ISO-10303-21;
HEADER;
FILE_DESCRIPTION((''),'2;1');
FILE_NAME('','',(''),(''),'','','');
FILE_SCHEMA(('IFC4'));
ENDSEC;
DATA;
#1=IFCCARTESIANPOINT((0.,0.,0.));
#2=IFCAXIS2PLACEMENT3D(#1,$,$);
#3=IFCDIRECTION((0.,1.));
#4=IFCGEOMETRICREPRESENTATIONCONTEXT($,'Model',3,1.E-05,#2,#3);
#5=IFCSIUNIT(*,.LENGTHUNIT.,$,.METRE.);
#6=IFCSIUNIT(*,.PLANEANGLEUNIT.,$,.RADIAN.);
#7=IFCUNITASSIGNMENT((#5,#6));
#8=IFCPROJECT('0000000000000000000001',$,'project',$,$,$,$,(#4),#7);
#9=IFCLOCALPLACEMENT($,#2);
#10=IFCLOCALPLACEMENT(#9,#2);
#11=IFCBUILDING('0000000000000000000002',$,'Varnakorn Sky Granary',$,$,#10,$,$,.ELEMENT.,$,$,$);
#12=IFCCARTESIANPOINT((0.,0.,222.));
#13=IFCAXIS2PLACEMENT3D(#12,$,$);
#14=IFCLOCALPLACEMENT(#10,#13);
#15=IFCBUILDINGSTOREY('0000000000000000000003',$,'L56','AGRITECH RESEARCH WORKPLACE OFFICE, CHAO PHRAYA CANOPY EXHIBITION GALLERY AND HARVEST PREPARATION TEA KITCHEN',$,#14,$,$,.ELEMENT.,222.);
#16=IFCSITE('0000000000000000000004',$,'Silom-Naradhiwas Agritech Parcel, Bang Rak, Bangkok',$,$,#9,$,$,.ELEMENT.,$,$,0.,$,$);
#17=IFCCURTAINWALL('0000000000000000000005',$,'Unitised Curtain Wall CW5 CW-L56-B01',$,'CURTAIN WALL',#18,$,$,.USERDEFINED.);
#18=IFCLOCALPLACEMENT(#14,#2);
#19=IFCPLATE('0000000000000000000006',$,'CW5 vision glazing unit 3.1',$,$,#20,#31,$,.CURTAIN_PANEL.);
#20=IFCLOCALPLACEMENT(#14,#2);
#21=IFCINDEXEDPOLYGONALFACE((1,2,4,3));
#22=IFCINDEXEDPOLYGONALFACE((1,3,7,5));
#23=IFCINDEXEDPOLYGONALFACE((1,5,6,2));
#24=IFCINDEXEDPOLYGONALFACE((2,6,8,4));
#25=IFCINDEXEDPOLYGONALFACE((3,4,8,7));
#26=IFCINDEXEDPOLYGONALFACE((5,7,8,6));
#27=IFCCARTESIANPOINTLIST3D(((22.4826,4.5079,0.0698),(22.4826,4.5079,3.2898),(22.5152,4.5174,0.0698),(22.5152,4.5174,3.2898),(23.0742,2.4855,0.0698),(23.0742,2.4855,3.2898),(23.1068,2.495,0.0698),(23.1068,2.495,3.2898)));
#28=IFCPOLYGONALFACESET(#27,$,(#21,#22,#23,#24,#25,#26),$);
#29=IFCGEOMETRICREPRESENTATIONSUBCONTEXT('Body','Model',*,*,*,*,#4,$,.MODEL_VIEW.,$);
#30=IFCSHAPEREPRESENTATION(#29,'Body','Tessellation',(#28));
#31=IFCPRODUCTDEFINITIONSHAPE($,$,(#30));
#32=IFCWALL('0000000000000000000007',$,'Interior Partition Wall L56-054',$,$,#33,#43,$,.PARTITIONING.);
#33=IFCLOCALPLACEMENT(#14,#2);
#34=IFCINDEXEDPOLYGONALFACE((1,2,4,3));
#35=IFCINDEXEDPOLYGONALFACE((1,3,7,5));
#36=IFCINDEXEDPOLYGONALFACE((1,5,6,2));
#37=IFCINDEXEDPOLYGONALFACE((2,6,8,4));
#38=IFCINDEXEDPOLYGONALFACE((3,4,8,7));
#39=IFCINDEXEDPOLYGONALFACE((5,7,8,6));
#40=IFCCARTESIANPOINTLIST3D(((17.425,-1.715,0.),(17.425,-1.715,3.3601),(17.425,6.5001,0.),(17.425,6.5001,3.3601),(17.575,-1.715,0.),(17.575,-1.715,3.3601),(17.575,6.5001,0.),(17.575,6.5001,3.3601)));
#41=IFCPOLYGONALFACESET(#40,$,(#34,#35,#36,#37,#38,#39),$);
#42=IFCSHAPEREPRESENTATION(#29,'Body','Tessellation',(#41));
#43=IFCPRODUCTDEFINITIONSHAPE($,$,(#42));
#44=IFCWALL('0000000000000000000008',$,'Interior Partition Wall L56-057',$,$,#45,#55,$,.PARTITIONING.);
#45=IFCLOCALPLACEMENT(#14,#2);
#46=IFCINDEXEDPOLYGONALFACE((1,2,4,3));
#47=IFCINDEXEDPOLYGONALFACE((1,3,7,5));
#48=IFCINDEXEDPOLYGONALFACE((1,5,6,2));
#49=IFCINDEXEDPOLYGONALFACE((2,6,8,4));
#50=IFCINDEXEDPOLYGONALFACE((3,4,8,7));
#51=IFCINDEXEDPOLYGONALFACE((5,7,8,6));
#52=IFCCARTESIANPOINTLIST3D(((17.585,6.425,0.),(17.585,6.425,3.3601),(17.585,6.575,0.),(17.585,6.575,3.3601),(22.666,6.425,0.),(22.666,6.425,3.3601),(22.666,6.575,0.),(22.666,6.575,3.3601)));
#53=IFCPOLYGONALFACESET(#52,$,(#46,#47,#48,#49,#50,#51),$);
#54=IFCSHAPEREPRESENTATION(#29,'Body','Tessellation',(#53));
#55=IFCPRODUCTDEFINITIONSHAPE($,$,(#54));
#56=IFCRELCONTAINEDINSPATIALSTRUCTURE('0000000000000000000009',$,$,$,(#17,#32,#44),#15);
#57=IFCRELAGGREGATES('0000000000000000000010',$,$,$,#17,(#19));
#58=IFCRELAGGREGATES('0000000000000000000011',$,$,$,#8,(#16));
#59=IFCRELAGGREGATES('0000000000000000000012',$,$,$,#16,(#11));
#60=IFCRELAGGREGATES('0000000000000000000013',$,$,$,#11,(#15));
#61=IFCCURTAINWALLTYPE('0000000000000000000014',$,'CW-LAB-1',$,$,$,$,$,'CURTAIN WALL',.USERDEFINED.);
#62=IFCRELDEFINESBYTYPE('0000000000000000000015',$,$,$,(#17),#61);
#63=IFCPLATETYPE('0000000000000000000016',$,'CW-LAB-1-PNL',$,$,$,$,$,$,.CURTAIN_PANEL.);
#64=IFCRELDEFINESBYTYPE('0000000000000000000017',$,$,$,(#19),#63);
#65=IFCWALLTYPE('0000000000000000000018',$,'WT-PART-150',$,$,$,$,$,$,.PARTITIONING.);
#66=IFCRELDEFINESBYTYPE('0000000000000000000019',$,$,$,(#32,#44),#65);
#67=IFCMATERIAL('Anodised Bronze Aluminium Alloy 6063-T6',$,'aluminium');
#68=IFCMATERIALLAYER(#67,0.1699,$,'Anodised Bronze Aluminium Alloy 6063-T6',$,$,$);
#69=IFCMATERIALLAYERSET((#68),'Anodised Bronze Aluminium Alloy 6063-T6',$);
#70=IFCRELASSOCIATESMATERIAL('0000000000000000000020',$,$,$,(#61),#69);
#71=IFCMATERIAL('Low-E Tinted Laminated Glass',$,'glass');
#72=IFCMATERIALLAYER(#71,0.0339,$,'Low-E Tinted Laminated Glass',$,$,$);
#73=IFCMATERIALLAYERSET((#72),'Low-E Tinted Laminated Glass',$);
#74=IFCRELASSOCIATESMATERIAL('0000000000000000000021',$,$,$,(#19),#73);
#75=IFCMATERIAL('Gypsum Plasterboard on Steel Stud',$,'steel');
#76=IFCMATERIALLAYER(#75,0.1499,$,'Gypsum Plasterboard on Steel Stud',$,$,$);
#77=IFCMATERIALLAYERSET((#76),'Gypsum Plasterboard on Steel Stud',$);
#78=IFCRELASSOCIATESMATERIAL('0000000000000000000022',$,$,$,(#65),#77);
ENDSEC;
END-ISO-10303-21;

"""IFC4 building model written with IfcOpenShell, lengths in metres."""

from ifc_helpers import new_model, si_unit, direction, frame, frame_2d, origin, origin_2d, place, context, subcontext, project, spatial, rectangle, extrude, source, transform, mapped, material, layer, layer_set, type_object, element, aggregate, save


model = new_model("IFC4")

# Units and contexts
model_context = context("Model", 3, precision=1e-05, world=origin(), true_north=direction((0.0, 1.0)))
body_context = subcontext(model_context, "Body", "Model", "MODEL_VIEW")
ifc_project = project(units=[si_unit("LENGTHUNIT", "METRE"), si_unit("PLANEANGLEUNIT", "RADIAN")], contexts=[model_context])

# Site, building, storey
site_placement = place(None, origin())
site = spatial("IfcSite", under=ifc_project, at=site_placement, Name="Silom-Naradhiwas Agritech Parcel, Bang Rak, Bangkok", CompositionType="ELEMENT", RefElevation=0.0)
building_placement = place(site_placement, origin())
building = spatial("IfcBuilding", under=site, at=building_placement, Name="Varnakorn Sky Granary", CompositionType="ELEMENT")
storey_placement = place(building_placement, frame((0.0, 0.0, 222.0)))
storey = spatial("IfcBuildingStorey", under=building, at=storey_placement, Name="L56", Description="AGRITECH RESEARCH WORKPLACE OFFICE, CHAO PHRAYA CANOPY EXHIBITION GALLERY AND HARVEST PREPARATION TEA KITCHEN", CompositionType="ELEMENT", Elevation=222.0)

# Curtain wall
ifc_material_1 = material(Name="Anodised Bronze Aluminium Alloy 6063-T6", Category="aluminium")
ifc_layer_1 = layer(ifc_material_1, 0.1699, Name="Anodised Bronze Aluminium Alloy 6063-T6")
ifc_layer_set_1 = layer_set([ifc_layer_1], Name="Anodised Bronze Aluminium Alloy 6063-T6")
curtain_wall_type = type_object("IfcCurtainWallType", Name="CW-LAB-1", ElementType="CURTAIN WALL", PredefinedType="USERDEFINED", material=ifc_layer_set_1)
curtain_wall_placement = place(storey_placement, origin())
curtain_wall = element("IfcCurtainWall", 1, at=curtain_wall_placement, inside=storey, type_object=curtain_wall_type, Name="Unitised Curtain Wall CW5 CW-L56-B01", ObjectType="CURTAIN WALL", PredefinedType="USERDEFINED")

# Plate
plate_type = type_object("IfcPlateType", Name="CW-LAB-1-PNL", PredefinedType="CURTAIN_PANEL")
ifc_material_2 = material(Name="Low-E Tinted Laminated Glass", Category="glass")
ifc_layer_2 = layer(ifc_material_2, 0.0339, Name="Low-E Tinted Laminated Glass")
ifc_layer_set_2 = layer_set([ifc_layer_2], Name="Low-E Tinted Laminated Glass")
shared_shape_1 = source(origin(), body_context, "Body", "SweptSolid", [
    extrude(rectangle(XDim=2.1072, YDim=0.0339, at=origin_2d()), origin(), (0.0, 0.0, 1.0), 3.22),
])
plate_1_placement = place(storey_placement, frame((22.7947, 3.5015, 0.0698), z_axis=(0.0, 0.0, 1.0), x_axis=(0.280755, -0.959779, 0.0)))
plate_1 = element("IfcPlate", 2, at=plate_1_placement, type_object=plate_type, material=ifc_layer_set_2, Name="CW5 vision glazing unit 3.1", PredefinedType="CURTAIN_PANEL", context=body_context, shape_type="MappedRepresentation", body=[
    mapped(shared_shape_1, transform((0.0, 0.0, 0.0), x_axis=(1.0, 0.0, 0.0), y_axis=(0.0, 1.0, 0.0), z_axis=(0.0, 0.0, 1.0), scale=1.0)),
])
aggregate(curtain_wall, [plate_1])

# Walls
ifc_material_3 = material(Name="Gypsum Plasterboard on Steel Stud", Category="steel")
ifc_layer_3 = layer(ifc_material_3, 0.1499, Name="Gypsum Plasterboard on Steel Stud")
ifc_layer_set_3 = layer_set([ifc_layer_3], Name="Gypsum Plasterboard on Steel Stud")
wall_type = type_object("IfcWallType", Name="WT-PART-150", PredefinedType="PARTITIONING", material=ifc_layer_set_3)
wall_1_placement = place(storey_placement, frame((17.5, 6.5, 0.0), z_axis=(0.0, 0.0, 1.0), x_axis=(0.0, -1.0, 0.0)))
element("IfcWall", 3, at=wall_1_placement, inside=storey, type_object=wall_type, Name="Interior Partition Wall L56-054", PredefinedType="PARTITIONING", context=body_context, shape_type="SweptSolid", body=[
    extrude(rectangle(XDim=8.2151, YDim=0.1499, at=frame_2d((4.1074, 0.0))), origin(), (0.0, 0.0, 1.0), 3.3601),
])
wall_2_placement = place(storey_placement, frame((17.585, 6.5, 0.0), z_axis=(0.0, 0.0, 1.0), x_axis=(1.0, 0.0, 0.0)))
element("IfcWall", 4, at=wall_2_placement, inside=storey, type_object=wall_type, Name="Interior Partition Wall L56-057", PredefinedType="PARTITIONING", context=body_context, shape_type="SweptSolid", body=[
    extrude(rectangle(XDim=5.0811, YDim=0.1499, at=frame_2d((2.5405, 0.0))), origin(), (0.0, 0.0, 1.0), 3.3601),
])

save(model, "model.ifc")
